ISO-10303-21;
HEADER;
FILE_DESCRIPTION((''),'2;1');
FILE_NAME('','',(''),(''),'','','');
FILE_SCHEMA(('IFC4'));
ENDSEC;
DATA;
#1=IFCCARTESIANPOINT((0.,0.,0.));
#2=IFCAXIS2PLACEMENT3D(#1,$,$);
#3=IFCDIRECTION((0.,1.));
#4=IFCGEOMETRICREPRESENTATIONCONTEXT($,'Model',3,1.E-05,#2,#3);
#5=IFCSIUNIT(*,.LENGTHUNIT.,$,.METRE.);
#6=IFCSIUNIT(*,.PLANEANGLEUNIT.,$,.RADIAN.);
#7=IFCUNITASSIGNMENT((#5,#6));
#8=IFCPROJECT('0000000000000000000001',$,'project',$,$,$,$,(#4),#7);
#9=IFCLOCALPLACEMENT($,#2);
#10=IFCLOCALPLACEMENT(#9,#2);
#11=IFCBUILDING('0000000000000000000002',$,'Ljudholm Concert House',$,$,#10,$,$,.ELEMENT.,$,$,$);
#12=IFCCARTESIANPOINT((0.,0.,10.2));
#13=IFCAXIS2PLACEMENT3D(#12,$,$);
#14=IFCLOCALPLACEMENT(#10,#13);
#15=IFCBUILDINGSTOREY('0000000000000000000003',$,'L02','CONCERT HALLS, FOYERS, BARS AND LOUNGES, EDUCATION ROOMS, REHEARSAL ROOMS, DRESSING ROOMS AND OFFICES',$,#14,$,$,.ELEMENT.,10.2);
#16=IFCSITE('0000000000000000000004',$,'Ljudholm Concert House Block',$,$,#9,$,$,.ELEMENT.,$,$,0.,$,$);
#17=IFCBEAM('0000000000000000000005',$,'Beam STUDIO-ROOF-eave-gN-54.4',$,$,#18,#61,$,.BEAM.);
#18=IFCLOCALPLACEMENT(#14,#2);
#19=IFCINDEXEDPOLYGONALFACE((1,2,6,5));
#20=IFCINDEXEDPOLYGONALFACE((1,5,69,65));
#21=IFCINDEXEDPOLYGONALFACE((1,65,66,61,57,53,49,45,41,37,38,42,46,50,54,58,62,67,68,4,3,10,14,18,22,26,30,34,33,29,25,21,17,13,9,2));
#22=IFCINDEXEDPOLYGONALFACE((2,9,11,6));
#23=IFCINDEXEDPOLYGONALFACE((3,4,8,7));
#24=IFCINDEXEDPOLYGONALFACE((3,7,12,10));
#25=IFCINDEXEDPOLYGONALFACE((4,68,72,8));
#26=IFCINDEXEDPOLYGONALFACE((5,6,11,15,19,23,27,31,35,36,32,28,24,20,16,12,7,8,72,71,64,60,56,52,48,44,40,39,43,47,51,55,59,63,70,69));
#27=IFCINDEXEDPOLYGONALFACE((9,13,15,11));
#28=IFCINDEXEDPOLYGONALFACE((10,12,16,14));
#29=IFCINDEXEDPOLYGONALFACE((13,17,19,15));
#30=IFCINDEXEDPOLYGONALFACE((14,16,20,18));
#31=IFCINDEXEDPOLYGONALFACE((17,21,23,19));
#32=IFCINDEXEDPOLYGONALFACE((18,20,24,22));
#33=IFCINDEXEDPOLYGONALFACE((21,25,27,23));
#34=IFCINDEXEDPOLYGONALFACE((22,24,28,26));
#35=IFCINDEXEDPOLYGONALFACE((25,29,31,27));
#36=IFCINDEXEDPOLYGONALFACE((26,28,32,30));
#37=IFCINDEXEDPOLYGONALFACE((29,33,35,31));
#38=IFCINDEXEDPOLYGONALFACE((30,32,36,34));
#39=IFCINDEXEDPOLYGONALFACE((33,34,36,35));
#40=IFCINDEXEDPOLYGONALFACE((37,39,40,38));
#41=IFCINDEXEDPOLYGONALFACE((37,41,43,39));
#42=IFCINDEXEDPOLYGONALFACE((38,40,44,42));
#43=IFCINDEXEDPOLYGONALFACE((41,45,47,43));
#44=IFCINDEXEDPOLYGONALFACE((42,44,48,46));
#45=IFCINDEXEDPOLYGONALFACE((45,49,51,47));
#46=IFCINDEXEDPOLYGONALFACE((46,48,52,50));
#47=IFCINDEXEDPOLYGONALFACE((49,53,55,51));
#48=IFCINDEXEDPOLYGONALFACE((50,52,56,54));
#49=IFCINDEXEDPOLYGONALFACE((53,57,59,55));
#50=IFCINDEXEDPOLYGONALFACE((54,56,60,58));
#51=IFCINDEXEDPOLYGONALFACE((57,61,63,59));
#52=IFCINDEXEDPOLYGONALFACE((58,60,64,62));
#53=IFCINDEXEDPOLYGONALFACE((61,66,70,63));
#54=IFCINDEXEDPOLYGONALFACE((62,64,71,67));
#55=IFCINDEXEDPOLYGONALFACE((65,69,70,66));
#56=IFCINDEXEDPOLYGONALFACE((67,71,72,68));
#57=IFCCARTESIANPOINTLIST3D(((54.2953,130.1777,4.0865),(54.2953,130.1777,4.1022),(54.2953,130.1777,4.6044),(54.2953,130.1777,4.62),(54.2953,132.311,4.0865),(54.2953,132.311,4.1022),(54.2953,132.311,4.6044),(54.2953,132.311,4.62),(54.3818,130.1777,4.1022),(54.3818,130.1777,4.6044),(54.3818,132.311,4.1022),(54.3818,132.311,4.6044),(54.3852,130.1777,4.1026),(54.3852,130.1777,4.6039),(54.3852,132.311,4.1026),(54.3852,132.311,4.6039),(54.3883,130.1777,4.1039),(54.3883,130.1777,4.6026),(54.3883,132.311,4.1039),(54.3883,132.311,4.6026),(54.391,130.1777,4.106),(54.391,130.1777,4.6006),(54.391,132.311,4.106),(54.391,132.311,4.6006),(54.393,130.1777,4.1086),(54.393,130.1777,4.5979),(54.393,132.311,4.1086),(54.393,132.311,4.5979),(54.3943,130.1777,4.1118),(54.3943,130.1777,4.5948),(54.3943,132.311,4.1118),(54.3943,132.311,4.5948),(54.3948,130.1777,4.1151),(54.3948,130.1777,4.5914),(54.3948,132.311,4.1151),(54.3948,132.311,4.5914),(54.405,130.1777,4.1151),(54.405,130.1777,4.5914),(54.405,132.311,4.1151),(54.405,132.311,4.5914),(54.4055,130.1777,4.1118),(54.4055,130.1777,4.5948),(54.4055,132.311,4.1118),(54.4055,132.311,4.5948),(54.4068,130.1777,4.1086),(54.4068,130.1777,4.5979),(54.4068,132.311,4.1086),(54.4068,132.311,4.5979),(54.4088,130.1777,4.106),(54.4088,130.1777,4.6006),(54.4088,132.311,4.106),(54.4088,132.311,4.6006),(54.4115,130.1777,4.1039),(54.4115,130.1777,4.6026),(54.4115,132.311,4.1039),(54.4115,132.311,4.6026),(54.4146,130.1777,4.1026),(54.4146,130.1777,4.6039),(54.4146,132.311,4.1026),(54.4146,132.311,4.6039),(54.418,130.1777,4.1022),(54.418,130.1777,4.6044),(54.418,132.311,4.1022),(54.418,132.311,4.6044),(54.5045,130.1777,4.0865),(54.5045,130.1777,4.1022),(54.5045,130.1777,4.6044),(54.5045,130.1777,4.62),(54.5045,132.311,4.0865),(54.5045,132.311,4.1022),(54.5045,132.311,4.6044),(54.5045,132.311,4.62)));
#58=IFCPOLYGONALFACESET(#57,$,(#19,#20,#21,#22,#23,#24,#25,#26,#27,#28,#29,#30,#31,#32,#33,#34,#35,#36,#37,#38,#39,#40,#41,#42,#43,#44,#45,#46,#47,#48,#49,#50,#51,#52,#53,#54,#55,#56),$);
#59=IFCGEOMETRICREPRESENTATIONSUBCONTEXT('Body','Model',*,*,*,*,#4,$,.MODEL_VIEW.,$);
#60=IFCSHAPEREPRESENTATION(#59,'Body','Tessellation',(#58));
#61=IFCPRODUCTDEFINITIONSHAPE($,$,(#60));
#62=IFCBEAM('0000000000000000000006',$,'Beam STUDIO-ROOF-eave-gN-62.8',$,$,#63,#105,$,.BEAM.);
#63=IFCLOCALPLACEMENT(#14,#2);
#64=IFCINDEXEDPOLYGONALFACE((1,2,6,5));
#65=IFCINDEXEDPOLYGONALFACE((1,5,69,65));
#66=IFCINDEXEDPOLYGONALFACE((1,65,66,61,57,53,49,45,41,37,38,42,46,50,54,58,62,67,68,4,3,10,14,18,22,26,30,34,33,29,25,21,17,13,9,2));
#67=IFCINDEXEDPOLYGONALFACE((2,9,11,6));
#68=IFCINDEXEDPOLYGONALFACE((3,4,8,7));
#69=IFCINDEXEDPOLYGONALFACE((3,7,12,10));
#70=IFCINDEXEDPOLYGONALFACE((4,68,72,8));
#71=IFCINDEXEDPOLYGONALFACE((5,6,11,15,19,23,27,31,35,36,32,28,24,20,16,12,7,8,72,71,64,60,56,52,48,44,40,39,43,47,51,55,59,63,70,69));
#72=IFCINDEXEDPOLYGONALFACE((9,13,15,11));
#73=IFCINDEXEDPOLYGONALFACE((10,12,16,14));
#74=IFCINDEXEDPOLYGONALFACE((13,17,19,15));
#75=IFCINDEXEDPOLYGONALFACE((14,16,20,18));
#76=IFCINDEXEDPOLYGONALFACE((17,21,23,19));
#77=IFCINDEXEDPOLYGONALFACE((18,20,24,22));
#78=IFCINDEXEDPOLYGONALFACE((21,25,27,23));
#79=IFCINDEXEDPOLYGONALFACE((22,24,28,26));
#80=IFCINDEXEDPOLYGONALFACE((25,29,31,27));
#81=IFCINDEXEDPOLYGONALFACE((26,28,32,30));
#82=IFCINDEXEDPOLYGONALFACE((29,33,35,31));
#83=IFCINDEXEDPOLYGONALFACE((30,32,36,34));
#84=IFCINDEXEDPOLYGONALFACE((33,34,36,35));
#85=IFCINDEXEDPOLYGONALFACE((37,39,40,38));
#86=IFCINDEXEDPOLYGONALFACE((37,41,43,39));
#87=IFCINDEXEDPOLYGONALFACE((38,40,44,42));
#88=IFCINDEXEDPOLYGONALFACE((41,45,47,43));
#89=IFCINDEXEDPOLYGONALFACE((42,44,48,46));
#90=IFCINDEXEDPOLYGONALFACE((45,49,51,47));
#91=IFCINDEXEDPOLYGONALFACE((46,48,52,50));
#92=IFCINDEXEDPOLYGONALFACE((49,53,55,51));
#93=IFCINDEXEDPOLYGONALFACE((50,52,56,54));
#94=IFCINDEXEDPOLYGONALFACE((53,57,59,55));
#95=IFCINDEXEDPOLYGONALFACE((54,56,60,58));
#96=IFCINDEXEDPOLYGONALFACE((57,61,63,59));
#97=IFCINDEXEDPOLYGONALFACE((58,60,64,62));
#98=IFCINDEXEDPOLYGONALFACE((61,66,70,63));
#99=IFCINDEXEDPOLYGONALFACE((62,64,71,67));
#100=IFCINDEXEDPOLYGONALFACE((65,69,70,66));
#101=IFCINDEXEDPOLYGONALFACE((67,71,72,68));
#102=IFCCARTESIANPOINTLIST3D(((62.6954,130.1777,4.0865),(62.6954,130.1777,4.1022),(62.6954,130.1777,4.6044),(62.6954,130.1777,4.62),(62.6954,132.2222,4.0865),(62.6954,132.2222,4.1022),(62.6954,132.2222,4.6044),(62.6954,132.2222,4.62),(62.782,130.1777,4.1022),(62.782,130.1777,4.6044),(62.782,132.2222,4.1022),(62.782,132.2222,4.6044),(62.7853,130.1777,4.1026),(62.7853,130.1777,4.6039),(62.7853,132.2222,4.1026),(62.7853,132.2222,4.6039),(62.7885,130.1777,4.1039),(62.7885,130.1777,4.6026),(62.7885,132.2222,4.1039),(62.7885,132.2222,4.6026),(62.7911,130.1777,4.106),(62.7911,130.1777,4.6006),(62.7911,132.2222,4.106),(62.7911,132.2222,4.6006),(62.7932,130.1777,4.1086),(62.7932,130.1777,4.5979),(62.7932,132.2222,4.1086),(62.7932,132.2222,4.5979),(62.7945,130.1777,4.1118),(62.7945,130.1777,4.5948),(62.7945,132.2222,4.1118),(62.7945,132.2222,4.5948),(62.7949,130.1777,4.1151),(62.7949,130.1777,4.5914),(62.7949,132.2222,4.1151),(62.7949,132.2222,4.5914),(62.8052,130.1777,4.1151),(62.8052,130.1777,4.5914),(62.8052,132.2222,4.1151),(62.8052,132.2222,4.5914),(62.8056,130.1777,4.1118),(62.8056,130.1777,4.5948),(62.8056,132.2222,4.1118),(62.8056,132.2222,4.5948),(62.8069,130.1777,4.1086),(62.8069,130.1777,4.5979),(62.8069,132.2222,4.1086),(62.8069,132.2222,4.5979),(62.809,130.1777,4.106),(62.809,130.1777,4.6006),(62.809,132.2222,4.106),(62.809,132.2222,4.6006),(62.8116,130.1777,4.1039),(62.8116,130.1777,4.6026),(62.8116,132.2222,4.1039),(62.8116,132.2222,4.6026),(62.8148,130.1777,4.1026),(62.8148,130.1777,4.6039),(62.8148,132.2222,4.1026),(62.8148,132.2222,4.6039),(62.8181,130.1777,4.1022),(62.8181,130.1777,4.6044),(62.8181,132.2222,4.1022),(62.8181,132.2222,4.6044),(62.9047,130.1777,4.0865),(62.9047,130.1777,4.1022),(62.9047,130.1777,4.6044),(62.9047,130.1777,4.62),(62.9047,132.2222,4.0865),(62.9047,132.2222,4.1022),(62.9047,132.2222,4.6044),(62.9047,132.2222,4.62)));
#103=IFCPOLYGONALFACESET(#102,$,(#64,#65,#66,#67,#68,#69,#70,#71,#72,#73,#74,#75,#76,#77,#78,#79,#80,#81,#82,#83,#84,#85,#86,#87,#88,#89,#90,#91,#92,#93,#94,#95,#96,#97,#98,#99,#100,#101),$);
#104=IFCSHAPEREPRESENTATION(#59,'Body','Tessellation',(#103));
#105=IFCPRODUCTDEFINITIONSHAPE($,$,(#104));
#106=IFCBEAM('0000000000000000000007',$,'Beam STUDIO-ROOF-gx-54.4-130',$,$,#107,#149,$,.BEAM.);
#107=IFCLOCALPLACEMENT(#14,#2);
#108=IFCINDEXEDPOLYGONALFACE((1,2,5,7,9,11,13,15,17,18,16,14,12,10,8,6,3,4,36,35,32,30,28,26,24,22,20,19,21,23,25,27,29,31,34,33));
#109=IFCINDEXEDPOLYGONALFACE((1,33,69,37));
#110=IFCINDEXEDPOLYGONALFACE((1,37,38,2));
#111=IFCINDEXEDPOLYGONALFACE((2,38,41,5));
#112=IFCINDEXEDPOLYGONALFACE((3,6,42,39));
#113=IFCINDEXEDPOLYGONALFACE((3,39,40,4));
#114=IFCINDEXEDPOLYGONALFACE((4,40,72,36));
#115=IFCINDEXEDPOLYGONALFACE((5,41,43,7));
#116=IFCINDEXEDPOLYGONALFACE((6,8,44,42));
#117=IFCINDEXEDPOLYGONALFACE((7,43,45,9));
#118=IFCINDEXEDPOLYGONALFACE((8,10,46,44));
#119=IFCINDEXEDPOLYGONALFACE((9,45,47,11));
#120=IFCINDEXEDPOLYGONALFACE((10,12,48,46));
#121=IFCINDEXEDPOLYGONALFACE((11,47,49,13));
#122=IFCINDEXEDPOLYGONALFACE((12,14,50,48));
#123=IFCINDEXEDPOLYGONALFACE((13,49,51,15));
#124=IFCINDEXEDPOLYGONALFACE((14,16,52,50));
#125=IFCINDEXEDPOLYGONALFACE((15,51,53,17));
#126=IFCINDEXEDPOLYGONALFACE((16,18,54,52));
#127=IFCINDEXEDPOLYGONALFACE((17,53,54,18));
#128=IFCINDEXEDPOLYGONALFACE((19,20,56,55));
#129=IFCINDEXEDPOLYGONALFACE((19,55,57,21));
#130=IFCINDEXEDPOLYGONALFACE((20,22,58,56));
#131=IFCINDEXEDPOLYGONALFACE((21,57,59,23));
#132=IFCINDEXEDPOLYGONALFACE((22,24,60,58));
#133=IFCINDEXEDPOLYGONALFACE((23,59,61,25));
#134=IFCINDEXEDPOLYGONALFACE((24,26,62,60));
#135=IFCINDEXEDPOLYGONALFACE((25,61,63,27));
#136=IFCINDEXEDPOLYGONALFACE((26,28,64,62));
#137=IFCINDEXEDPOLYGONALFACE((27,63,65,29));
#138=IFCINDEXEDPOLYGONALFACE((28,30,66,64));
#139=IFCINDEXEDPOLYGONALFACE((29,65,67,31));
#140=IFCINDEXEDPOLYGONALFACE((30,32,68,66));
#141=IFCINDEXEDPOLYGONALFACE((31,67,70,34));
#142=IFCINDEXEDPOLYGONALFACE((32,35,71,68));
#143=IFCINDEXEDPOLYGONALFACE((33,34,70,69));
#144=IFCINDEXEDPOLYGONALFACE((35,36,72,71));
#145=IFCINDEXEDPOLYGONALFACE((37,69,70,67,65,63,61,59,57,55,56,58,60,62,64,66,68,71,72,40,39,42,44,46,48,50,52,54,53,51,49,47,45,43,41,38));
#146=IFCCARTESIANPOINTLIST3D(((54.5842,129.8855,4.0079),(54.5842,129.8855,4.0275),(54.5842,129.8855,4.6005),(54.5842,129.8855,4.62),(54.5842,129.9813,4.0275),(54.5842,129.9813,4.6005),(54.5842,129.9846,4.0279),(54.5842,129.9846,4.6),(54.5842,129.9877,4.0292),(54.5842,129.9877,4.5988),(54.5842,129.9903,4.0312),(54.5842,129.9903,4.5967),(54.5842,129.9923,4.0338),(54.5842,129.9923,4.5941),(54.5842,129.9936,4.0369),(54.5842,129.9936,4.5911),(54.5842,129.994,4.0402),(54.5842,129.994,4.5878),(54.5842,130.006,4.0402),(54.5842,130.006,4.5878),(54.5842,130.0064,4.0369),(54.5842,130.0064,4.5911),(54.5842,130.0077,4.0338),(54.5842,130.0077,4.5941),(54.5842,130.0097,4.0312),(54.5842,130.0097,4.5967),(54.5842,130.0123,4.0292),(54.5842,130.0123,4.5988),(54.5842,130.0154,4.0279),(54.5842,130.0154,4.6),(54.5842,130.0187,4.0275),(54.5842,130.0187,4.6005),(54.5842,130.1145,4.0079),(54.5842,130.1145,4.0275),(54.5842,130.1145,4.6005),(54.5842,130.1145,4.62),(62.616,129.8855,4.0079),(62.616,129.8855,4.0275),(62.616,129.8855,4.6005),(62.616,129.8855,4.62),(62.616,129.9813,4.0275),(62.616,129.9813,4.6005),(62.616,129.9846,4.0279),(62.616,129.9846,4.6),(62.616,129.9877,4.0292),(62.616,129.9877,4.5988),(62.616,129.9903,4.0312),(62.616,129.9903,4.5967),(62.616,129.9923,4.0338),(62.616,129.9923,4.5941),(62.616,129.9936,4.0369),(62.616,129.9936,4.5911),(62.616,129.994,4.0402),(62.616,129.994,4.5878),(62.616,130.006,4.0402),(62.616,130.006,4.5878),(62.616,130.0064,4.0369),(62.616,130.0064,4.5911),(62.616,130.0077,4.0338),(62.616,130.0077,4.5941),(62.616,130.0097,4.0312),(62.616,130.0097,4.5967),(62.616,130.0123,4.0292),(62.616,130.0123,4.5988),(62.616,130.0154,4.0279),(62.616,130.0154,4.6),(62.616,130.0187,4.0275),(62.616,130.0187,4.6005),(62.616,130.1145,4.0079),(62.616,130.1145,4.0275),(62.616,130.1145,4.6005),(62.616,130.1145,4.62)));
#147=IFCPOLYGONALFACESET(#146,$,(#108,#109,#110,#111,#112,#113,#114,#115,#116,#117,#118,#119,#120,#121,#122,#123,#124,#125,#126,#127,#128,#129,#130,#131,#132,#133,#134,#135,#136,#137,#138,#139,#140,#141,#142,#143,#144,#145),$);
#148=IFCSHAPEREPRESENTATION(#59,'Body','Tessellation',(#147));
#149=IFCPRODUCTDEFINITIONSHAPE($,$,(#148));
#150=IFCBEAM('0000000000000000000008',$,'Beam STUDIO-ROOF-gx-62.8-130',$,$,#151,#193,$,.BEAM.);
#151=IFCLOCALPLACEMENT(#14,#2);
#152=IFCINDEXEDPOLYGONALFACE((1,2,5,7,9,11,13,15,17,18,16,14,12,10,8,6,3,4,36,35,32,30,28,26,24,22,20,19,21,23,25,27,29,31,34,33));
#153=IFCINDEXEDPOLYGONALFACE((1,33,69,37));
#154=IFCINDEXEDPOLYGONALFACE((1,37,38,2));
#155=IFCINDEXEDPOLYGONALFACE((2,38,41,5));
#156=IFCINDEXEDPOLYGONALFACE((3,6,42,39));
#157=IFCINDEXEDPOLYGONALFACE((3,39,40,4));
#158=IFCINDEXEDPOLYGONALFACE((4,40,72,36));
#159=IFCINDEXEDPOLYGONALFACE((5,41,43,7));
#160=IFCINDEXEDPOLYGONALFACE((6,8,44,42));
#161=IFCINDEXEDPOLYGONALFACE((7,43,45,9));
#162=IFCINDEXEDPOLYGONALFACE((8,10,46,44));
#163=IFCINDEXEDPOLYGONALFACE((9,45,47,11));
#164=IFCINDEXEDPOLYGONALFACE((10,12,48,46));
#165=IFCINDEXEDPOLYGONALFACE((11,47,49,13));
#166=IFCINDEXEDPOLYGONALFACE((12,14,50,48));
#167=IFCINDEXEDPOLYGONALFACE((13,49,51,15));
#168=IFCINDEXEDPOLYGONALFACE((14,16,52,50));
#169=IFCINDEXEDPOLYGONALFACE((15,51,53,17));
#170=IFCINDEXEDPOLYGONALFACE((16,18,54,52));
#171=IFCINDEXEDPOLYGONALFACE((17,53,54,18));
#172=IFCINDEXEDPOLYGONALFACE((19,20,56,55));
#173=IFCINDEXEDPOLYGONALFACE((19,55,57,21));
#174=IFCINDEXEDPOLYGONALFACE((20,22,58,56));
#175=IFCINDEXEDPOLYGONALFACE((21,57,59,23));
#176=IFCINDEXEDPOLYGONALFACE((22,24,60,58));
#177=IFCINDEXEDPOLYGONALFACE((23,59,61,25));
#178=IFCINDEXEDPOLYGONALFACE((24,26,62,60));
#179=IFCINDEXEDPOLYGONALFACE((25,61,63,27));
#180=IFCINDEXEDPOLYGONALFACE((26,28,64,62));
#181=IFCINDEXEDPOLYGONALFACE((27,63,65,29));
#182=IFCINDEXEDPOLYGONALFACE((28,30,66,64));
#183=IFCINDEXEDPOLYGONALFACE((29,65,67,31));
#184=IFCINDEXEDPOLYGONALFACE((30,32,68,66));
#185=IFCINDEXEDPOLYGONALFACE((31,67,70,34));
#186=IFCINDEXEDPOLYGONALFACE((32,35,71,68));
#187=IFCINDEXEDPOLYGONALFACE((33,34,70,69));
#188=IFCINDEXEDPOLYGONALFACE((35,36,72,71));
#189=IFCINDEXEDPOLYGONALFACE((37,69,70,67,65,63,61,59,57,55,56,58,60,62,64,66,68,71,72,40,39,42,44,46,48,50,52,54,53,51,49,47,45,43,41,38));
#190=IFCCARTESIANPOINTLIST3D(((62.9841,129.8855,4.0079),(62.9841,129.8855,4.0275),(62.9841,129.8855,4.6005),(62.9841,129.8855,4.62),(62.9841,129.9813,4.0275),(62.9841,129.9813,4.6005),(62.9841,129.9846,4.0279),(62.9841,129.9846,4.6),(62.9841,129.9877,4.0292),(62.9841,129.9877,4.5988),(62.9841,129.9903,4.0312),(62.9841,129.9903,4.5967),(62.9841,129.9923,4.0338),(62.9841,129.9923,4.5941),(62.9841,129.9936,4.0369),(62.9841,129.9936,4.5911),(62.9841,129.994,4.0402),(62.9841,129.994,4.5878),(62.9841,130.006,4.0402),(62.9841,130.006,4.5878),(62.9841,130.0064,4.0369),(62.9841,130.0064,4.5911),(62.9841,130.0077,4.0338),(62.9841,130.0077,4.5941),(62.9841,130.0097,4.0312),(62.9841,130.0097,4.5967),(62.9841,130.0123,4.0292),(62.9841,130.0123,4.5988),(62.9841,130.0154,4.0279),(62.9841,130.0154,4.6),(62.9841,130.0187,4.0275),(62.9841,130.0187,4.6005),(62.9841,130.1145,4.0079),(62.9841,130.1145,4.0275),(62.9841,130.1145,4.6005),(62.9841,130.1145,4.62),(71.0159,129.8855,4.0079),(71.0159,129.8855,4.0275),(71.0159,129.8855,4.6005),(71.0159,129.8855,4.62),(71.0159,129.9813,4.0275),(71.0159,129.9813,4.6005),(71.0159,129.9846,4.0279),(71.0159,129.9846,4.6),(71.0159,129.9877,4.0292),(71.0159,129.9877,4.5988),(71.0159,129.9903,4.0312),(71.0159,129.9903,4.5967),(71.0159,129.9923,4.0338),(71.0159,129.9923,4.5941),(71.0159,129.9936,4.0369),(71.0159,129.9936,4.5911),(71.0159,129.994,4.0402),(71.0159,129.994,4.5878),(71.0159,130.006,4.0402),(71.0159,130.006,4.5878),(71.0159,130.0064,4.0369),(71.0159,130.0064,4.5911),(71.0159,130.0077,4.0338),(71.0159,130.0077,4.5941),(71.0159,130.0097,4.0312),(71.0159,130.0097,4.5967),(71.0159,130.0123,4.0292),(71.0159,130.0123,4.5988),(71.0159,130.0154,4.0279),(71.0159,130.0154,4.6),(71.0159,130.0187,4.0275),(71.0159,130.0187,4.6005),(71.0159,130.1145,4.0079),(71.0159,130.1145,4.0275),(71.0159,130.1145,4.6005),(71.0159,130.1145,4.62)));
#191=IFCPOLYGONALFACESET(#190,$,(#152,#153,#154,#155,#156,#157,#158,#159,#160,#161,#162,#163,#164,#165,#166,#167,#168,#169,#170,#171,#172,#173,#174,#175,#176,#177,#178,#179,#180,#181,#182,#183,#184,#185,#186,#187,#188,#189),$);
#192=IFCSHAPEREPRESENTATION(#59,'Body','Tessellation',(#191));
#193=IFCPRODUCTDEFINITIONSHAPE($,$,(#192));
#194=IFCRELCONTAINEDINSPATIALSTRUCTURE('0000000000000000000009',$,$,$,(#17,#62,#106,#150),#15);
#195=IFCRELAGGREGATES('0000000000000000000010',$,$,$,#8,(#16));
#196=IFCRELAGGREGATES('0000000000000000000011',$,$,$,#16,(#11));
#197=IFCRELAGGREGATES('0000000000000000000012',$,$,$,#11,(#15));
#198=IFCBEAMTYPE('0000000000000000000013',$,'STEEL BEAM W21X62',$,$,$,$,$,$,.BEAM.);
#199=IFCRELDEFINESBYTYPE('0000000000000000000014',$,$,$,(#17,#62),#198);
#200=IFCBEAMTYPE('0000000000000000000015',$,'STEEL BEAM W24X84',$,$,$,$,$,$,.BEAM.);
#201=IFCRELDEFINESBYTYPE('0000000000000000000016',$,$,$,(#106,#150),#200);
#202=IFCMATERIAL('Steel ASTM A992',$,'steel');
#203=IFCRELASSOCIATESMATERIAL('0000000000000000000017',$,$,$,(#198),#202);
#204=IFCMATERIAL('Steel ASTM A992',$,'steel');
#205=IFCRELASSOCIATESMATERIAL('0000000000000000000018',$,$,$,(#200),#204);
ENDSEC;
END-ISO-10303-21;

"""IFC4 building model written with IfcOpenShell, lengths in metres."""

from ifc_helpers import new_model, si_unit, direction, frame, origin, origin_2d, place, context, subcontext, project, spatial, i_section, extrude, material, material_profile, profile_set, type_object, element, save


model = new_model("IFC4")

# Units and contexts
model_context = context("Model", 3, precision=1e-05, world=origin(), true_north=direction((0.0, 1.0)))
body_context = subcontext(model_context, "Body", "Model", "MODEL_VIEW")
ifc_project = project(units=[si_unit("LENGTHUNIT", "METRE"), si_unit("PLANEANGLEUNIT", "RADIAN")], contexts=[model_context])

# Site, building, storey
site_placement = place(None, origin())
site = spatial("IfcSite", under=ifc_project, at=site_placement, Name="Ljudholm Concert House Block", CompositionType="ELEMENT", RefElevation=0.0)
building_placement = place(site_placement, origin())
building = spatial("IfcBuilding", under=site, at=building_placement, Name="Ljudholm Concert House", CompositionType="ELEMENT")
storey_placement = place(building_placement, frame((0.0, 0.0, 10.2)))
storey = spatial("IfcBuildingStorey", under=building, at=storey_placement, Name="L02", Description="CONCERT HALLS, FOYERS, BARS AND LOUNGES, EDUCATION ROOMS, REHEARSAL ROOMS, DRESSING ROOMS AND OFFICES", CompositionType="ELEMENT", Elevation=10.2)

# Beams
ifc_material_1 = material(Name="Steel ASTM A992", Category="steel")
ifc_material_profile_1 = material_profile(ifc_material_1, i_section(OverallWidth=0.2092, OverallDepth=0.5334, WebThickness=0.0103, FlangeThickness=0.0156, FilletRadius=0.0129, at=origin_2d()), Name="W21X62")
ifc_profile_set_1 = profile_set([ifc_material_profile_1], Name="Steel ASTM A992")
beam_type_1 = type_object("IfcBeamType", Name="STEEL BEAM W21X62", PredefinedType="BEAM", material=ifc_profile_set_1)
beam_1_placement = place(storey_placement, frame((54.3999, 130.1777, 4.3533), z_axis=(0.0, 1.0, 0.0), x_axis=(-1.0, 0.0, 0.0)))
element("IfcBeam", 1, at=beam_1_placement, inside=storey, type_object=beam_type_1, Name="Beam STUDIO-ROOF-eave-gN-54.4", PredefinedType="BEAM", context=body_context, shape_type="SweptSolid", body=[
    extrude(i_section(OverallWidth=0.2092, OverallDepth=0.5334, WebThickness=0.0103, FlangeThickness=0.0156, FilletRadius=0.0129, at=origin_2d()), origin(), (0.0, 0.0, 1.0), 2.1333),
])
beam_2_placement = place(storey_placement, frame((62.8, 130.1777, 4.3533), z_axis=(0.0, 1.0, 0.0), x_axis=(-1.0, 0.0, 0.0)))
element("IfcBeam", 2, at=beam_2_placement, inside=storey, type_object=beam_type_1, Name="Beam STUDIO-ROOF-eave-gN-62.8", PredefinedType="BEAM", context=body_context, shape_type="SweptSolid", body=[
    extrude(i_section(OverallWidth=0.2092, OverallDepth=0.5334, WebThickness=0.0103, FlangeThickness=0.0156, FilletRadius=0.0129, at=origin_2d()), origin(), (0.0, 0.0, 1.0), 2.0444),
])
ifc_material_2 = material(Name="Steel ASTM A992", Category="steel")
ifc_material_profile_2 = material_profile(ifc_material_2, i_section(OverallWidth=0.229, OverallDepth=0.6121, WebThickness=0.012, FlangeThickness=0.0195, FilletRadius=0.0127, at=origin_2d()), Name="W24X84")
ifc_profile_set_2 = profile_set([ifc_material_profile_2], Name="Steel ASTM A992")
beam_type_2 = type_object("IfcBeamType", Name="STEEL BEAM W24X84", PredefinedType="BEAM", material=ifc_profile_set_2)
for number, where, z_axis, x_axis, name in (
    (3, (54.5842, 130.0, 4.314), (1.0, 0.0, 0.0), (0.0, 1.0, 0.0), "Beam STUDIO-ROOF-gx-54.4-130"),
    (4, (62.9841, 130.0, 4.314), (1.0, 0.0, 0.0), (0.0, 1.0, 0.0), "Beam STUDIO-ROOF-gx-62.8-130"),
):
    element("IfcBeam", number, at=place(storey_placement, frame(where, z_axis=z_axis, x_axis=x_axis)), inside=storey, type_object=beam_type_2, Name=name, PredefinedType="BEAM", context=body_context, shape_type="SweptSolid", body=[
        extrude(i_section(OverallWidth=0.229, OverallDepth=0.6121, WebThickness=0.012, FlangeThickness=0.0195, FilletRadius=0.0127, at=origin_2d()), origin(), (0.0, 0.0, 1.0), 8.0317),
    ])

save(model, "model.ifc")
